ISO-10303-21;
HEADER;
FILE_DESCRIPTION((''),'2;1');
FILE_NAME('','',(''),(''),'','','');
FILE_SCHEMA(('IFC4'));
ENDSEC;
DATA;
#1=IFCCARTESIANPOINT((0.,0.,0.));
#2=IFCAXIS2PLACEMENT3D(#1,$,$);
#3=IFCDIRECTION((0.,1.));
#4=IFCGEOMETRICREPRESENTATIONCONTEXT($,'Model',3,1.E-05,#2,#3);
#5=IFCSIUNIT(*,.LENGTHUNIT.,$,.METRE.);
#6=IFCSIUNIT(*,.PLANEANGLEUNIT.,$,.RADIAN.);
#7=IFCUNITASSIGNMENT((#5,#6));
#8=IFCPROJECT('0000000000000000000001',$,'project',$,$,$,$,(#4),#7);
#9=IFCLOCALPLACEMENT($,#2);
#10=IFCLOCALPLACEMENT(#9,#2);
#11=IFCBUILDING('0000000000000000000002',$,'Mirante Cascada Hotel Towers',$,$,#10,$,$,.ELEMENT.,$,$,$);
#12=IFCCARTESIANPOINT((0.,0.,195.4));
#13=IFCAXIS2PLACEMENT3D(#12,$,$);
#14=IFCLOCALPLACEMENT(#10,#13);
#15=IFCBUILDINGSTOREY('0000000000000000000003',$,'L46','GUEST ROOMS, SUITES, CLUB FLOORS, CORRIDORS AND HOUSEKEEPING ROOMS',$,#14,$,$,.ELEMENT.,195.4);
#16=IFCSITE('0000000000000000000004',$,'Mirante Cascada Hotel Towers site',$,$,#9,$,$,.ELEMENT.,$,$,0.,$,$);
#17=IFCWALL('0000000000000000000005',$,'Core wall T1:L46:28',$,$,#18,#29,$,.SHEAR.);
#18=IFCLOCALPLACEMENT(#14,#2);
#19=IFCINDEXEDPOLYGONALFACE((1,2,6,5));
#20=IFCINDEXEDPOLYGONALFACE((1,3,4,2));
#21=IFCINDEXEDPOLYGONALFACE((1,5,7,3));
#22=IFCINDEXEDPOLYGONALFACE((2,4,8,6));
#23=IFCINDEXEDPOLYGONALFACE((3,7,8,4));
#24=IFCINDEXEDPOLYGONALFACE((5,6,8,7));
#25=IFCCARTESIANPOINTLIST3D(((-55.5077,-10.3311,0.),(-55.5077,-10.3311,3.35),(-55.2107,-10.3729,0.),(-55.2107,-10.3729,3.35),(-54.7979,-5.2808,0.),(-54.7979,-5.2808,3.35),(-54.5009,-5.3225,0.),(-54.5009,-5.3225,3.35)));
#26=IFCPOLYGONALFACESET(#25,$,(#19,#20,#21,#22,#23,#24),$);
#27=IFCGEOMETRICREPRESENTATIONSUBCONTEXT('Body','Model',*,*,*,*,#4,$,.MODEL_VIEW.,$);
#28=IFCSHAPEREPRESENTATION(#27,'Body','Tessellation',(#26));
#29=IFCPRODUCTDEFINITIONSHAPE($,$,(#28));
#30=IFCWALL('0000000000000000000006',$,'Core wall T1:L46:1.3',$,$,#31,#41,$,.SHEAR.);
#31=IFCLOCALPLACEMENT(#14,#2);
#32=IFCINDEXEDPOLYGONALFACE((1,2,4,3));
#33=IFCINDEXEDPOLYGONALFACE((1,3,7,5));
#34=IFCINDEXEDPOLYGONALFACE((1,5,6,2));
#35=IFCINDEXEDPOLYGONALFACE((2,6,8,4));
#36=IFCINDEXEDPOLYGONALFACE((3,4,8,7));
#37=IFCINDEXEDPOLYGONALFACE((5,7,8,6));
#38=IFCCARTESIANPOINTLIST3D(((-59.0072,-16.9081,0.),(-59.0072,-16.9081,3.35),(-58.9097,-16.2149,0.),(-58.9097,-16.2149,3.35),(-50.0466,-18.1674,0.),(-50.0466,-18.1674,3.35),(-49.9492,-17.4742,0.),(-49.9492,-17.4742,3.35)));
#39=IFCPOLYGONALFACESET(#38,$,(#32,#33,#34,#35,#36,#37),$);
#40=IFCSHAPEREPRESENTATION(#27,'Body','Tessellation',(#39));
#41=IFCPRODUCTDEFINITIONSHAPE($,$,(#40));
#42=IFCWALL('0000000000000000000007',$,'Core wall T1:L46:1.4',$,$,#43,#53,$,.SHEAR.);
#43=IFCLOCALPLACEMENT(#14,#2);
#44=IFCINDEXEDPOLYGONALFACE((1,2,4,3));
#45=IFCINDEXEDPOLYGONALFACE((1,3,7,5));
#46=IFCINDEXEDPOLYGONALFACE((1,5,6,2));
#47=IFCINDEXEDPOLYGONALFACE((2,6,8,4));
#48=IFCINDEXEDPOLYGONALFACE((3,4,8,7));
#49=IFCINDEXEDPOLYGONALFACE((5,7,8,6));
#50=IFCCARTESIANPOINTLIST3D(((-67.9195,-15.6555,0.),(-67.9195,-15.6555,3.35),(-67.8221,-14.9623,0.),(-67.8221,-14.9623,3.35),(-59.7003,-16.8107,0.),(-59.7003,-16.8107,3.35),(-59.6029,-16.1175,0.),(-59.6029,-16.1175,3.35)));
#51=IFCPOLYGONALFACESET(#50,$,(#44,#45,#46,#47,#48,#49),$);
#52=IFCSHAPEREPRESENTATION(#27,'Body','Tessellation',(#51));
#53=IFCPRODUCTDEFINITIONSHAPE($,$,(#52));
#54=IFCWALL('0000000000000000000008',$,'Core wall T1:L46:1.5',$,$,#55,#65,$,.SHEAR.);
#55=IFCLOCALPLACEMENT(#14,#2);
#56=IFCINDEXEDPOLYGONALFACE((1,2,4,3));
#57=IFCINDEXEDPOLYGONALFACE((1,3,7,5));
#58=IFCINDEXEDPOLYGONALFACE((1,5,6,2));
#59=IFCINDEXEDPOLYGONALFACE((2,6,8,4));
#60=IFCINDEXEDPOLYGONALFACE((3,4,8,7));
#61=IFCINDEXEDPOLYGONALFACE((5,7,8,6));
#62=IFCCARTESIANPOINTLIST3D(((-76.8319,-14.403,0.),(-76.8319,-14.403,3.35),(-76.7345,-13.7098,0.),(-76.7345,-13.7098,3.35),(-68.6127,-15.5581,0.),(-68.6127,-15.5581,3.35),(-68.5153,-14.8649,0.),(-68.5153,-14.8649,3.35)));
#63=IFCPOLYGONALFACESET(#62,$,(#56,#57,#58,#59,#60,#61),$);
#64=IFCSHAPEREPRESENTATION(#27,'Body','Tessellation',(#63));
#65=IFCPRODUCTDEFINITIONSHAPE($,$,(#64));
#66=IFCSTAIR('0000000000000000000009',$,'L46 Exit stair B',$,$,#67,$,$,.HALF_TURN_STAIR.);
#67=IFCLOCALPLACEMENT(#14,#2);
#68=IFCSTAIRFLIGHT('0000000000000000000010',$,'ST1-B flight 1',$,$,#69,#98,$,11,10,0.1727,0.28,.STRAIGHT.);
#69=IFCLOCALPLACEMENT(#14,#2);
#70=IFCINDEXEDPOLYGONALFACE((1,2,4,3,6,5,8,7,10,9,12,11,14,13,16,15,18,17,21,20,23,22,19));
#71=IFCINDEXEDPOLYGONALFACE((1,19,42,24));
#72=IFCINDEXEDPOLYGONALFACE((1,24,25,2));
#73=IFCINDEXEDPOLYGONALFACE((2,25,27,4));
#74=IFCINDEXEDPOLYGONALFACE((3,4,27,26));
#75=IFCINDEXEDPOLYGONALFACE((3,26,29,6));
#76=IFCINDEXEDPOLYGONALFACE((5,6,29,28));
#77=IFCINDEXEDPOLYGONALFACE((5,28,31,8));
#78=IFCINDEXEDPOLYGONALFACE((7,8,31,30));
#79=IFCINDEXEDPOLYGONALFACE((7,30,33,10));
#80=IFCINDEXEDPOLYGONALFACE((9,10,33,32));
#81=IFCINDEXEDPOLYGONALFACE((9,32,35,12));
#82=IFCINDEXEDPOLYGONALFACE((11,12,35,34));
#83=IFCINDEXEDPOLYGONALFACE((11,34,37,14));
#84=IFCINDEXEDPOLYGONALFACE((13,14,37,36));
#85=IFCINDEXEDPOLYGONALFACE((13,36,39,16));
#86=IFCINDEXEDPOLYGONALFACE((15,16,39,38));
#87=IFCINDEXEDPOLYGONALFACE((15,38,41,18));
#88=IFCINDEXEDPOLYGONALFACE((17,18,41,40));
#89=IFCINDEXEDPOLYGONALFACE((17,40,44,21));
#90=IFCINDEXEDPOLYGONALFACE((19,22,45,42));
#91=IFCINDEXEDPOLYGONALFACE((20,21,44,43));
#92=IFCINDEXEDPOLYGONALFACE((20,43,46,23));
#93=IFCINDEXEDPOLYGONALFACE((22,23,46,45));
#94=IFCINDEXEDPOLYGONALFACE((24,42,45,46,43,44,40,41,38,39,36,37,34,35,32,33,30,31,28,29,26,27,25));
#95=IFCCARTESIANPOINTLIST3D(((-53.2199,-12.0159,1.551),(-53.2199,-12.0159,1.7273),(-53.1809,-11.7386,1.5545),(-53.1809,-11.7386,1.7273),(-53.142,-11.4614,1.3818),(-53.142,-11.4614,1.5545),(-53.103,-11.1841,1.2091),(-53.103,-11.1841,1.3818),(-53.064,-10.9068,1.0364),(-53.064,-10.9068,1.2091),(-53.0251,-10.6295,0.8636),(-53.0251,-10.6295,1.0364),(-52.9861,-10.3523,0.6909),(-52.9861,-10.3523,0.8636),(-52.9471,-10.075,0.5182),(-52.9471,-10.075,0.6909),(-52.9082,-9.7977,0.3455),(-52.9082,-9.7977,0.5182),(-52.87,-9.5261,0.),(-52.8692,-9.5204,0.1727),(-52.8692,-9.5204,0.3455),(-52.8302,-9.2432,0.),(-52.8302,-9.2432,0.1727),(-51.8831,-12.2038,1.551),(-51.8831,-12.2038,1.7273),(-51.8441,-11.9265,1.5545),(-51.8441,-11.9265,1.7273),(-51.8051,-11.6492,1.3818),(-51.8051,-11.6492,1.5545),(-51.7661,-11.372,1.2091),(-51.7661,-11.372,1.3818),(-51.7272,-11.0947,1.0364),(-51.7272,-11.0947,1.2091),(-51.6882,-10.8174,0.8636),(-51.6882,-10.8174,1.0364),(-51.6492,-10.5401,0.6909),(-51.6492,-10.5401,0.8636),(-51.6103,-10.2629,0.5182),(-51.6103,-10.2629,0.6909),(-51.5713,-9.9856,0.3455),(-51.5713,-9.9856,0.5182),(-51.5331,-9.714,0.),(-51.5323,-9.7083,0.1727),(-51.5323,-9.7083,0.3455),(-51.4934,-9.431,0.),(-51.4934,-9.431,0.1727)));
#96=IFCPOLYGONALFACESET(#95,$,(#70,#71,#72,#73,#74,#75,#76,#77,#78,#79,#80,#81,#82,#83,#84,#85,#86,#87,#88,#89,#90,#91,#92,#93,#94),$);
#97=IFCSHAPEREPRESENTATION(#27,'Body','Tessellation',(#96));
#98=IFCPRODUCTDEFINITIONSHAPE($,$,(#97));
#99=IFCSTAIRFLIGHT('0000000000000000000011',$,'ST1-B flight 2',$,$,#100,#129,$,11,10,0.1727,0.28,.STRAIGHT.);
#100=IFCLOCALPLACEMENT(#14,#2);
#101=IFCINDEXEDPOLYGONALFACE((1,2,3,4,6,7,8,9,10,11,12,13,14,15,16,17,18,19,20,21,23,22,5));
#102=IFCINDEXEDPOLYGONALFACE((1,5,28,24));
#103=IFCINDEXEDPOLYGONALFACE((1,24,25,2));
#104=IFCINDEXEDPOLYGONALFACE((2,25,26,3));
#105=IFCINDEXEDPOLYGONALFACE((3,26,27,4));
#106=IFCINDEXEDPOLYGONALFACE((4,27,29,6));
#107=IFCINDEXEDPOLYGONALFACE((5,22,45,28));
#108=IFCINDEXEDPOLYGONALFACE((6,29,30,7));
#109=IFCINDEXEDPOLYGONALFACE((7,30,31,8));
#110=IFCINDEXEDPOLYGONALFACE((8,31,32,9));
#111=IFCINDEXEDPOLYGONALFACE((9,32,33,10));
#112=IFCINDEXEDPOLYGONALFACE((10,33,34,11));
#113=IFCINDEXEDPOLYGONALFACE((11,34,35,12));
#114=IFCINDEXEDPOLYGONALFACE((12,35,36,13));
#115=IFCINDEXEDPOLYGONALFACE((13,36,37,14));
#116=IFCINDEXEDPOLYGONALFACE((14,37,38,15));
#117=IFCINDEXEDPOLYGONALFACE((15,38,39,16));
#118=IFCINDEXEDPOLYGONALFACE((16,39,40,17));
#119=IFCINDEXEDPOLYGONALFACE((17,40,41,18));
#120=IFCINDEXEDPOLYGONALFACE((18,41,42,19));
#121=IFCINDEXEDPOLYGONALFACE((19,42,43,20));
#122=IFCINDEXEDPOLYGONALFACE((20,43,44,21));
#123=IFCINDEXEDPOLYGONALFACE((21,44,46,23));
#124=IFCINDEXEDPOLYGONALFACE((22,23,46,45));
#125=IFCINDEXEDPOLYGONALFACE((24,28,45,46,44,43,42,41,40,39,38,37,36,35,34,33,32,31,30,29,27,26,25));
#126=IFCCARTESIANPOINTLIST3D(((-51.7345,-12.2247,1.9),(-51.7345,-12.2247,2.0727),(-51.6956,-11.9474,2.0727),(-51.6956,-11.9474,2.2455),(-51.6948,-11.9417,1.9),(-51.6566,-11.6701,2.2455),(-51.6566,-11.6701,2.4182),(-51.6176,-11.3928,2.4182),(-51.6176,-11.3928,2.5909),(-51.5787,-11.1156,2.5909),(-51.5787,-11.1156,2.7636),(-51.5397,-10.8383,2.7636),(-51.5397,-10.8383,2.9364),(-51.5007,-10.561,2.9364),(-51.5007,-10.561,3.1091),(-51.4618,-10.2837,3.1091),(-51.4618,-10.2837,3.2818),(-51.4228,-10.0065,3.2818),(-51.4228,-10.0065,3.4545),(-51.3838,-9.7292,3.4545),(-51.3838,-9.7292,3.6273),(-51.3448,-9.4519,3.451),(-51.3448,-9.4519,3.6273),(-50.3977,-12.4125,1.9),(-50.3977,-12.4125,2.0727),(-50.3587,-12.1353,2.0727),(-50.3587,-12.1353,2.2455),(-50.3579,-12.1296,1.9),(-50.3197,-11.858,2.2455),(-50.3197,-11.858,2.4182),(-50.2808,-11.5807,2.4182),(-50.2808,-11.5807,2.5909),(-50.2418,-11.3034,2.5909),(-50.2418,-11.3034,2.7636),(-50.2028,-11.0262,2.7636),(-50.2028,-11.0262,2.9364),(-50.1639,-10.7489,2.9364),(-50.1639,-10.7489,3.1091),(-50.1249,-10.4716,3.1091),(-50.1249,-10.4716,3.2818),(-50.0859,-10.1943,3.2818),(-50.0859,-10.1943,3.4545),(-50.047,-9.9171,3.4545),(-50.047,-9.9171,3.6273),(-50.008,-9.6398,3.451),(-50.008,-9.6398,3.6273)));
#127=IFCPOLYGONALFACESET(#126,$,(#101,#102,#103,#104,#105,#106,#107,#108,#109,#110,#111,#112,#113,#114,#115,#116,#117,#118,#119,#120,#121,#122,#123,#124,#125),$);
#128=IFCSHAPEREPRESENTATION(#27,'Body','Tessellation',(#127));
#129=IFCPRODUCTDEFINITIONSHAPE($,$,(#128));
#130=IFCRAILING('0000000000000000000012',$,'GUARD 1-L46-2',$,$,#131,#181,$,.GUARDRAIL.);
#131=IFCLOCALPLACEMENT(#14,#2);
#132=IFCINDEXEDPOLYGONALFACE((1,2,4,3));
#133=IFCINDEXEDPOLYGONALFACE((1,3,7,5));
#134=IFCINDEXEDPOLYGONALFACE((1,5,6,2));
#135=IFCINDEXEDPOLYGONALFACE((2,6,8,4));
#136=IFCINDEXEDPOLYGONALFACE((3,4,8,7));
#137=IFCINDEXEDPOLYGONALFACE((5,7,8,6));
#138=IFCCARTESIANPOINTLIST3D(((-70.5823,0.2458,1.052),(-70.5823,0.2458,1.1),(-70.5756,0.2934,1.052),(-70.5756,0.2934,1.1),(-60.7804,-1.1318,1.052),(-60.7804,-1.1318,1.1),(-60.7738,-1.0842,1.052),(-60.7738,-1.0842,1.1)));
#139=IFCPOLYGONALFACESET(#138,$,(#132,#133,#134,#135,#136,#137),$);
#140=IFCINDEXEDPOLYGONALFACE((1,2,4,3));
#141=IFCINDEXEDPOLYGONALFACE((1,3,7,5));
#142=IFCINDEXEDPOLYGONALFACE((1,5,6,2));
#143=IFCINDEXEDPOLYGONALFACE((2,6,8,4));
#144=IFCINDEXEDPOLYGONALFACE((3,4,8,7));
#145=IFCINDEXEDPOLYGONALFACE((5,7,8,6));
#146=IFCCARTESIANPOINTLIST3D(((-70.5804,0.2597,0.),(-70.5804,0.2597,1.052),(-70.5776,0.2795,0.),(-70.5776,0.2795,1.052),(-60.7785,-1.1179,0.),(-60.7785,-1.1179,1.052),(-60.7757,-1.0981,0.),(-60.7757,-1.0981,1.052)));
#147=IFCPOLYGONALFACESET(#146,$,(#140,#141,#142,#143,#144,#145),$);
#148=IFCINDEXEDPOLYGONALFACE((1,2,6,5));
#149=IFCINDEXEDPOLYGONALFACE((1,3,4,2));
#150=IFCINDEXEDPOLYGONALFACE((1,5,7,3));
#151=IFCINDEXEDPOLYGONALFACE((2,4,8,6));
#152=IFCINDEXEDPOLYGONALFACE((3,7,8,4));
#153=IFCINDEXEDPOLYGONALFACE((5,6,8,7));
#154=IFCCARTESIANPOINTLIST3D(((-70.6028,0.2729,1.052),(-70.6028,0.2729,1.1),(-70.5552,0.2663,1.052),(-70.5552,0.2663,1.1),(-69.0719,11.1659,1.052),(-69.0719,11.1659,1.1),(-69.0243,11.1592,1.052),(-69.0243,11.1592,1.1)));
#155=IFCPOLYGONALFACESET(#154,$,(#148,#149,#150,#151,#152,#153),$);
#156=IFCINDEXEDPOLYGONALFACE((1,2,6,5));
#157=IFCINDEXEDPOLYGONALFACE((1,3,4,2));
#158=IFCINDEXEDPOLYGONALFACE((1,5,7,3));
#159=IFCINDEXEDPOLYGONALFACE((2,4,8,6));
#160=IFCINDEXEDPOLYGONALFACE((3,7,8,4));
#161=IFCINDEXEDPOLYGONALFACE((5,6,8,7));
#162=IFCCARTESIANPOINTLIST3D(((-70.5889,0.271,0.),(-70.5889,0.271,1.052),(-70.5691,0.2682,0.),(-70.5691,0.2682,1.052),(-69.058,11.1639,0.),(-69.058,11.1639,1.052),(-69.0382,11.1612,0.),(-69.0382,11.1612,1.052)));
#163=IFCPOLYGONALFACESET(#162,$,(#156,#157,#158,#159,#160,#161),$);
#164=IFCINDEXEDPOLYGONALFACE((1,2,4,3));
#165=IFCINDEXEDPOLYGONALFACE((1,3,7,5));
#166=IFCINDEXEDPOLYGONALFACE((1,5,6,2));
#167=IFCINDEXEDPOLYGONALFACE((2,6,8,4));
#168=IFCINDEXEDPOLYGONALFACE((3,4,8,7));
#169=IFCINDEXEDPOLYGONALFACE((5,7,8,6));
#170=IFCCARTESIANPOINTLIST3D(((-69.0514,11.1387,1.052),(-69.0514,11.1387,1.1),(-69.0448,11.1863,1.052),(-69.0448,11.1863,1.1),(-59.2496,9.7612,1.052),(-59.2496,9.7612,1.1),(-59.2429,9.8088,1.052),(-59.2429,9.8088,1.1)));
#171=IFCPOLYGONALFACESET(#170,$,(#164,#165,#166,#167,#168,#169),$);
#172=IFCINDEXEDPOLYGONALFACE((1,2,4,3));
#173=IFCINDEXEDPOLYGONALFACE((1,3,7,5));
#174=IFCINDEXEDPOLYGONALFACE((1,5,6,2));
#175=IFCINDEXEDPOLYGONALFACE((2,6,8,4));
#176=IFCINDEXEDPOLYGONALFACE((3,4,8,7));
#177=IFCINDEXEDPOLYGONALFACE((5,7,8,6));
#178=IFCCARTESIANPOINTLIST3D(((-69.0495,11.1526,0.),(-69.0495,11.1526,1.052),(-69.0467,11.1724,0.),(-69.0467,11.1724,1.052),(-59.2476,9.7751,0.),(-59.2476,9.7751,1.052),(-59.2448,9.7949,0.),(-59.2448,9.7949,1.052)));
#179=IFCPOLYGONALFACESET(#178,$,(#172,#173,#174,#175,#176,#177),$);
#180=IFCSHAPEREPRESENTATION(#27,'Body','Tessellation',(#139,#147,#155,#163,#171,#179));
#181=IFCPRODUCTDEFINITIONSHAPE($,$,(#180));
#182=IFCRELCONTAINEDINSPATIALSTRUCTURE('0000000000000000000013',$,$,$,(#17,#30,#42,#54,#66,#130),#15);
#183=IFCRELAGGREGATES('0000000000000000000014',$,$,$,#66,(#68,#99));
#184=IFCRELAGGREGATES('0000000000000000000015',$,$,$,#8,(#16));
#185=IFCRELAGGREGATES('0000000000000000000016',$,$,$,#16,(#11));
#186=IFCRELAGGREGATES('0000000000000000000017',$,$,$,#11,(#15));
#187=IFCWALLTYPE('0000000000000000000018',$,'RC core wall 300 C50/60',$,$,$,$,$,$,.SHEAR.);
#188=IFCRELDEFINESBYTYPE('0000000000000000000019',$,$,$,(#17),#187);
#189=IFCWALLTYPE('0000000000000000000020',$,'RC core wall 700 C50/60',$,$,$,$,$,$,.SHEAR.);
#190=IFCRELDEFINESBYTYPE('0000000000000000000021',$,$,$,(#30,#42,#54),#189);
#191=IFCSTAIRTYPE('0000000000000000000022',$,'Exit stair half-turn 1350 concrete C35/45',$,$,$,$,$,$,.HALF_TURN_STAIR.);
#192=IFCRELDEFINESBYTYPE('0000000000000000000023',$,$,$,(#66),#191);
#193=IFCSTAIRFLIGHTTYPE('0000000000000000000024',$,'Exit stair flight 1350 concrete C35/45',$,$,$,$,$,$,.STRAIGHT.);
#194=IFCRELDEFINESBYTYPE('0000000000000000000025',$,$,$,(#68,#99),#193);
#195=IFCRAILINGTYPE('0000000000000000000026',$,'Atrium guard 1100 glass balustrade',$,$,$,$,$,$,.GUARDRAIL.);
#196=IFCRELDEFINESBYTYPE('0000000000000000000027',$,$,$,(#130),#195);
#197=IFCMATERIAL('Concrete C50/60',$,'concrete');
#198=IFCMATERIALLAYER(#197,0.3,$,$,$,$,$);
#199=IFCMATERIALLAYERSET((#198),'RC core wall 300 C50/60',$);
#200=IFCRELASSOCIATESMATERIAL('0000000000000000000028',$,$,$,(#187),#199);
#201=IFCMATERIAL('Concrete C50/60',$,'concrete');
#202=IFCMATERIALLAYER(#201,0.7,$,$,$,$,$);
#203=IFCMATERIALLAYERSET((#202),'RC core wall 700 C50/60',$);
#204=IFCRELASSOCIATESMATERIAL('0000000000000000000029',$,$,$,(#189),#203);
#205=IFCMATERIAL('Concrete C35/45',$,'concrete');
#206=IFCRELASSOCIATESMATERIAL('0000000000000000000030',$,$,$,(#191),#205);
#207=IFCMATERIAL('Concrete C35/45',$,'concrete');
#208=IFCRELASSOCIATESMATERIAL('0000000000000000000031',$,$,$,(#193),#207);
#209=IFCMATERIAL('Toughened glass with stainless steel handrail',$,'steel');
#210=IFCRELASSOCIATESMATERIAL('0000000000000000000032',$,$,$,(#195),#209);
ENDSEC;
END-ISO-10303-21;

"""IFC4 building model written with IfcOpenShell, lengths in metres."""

from ifc_helpers import new_model, si_unit, direction, frame, frame_2d, origin, origin_2d, place, context, subcontext, project, spatial, polyline, rectangle, outline, extrude, material, layer, layer_set, type_object, element, aggregate, save


model = new_model("IFC4")

# Units and contexts
model_context = context("Model", 3, precision=1e-05, world=origin(), true_north=direction((0.0, 1.0)))
body_context = subcontext(model_context, "Body", "Model", "MODEL_VIEW")
ifc_project = project(units=[si_unit("LENGTHUNIT", "METRE"), si_unit("PLANEANGLEUNIT", "RADIAN")], contexts=[model_context])

# Site, building, storey
site_placement = place(None, origin())
site = spatial("IfcSite", under=ifc_project, at=site_placement, Name="Mirante Cascada Hotel Towers site", CompositionType="ELEMENT", RefElevation=0.0)
building_placement = place(site_placement, origin())
building = spatial("IfcBuilding", under=site, at=building_placement, Name="Mirante Cascada Hotel Towers", CompositionType="ELEMENT")
storey_placement = place(building_placement, frame((0.0, 0.0, 195.4)))
storey = spatial("IfcBuildingStorey", under=building, at=storey_placement, Name="L46", Description="GUEST ROOMS, SUITES, CLUB FLOORS, CORRIDORS AND HOUSEKEEPING ROOMS", CompositionType="ELEMENT", Elevation=195.4)

# Shared definitions
ifc_material_1 = material(Name="Concrete C50/60", Category="concrete")
ifc_layer_1 = layer(ifc_material_1, 0.3)
ifc_layer_set_1 = layer_set([ifc_layer_1], Name="RC core wall 300 C50/60")
wall_type_1 = type_object("IfcWallType", Name="RC core wall 300 C50/60", PredefinedType="SHEAR", material=ifc_layer_set_1)

# Walls
wall_1_placement = place(storey_placement, frame((-55.3592, -10.352, 0.0), z_axis=(0.0, 0.0, 1.0), x_axis=(0.139176, 0.990268, 0.0)))
element("IfcWall", 1, at=wall_1_placement, inside=storey, type_object=wall_type_1, Name="Core wall T1:L46:28", PredefinedType="SHEAR", context=body_context, shape_type="SweptSolid", body=[
    extrude(rectangle(XDim=5.1, YDim=0.3, at=frame_2d((2.55, 0.0))), origin(), (0.0, 0.0, 1.0), 3.35),
])
ifc_material_2 = material(Name="Concrete C50/60", Category="concrete")
ifc_layer_2 = layer(ifc_material_2, 0.7)
ifc_layer_set_2 = layer_set([ifc_layer_2], Name="RC core wall 700 C50/60")
wall_type_2 = type_object("IfcWallType", Name="RC core wall 700 C50/60", PredefinedType="SHEAR", material=ifc_layer_set_2)
wall_2_placement = place(storey_placement, frame((-49.9979, -17.8208, 0.0), z_axis=(0.0, 0.0, 1.0), x_axis=(-0.990268, 0.139171, 0.0)))
element("IfcWall", 2, at=wall_2_placement, inside=storey, type_object=wall_type_2, Name="Core wall T1:L46:1.3", PredefinedType="SHEAR", context=body_context, shape_type="SweptSolid", body=[
    extrude(rectangle(XDim=9.0486, YDim=0.7, at=frame_2d((4.5243, 0.0))), origin(), (0.0, 0.0, 1.0), 3.35),
])
for number, where, z_axis, x_axis, name in (
    (3, (-59.6516, -16.4641, 0.0), (0.0, 0.0, 1.0), (-0.990267, 0.139181, 0.0), "Core wall T1:L46:1.4"),
    (4, (-68.564, -15.2115, 0.0), (0.0, 0.0, 1.0), (-0.990269, 0.139169, 0.0), "Core wall T1:L46:1.5"),
):
    element("IfcWall", number, at=place(storey_placement, frame(where, z_axis=z_axis, x_axis=x_axis)), inside=storey, type_object=wall_type_2, Name=name, PredefinedType="SHEAR", context=body_context, shape_type="SweptSolid", body=[
        extrude(rectangle(XDim=8.3, YDim=0.7, at=frame_2d((4.15, 0.0))), origin(), (0.0, 0.0, 1.0), 3.35),
    ])

# Stair, stair flights
ifc_material_3 = material(Name="Concrete C35/45", Category="concrete")
stair_type = type_object("IfcStairType", Name="Exit stair half-turn 1350 concrete C35/45", PredefinedType="HALF_TURN_STAIR", material=ifc_material_3)
stair_placement = place(storey_placement, origin())
stair = element("IfcStair", 5, at=stair_placement, inside=storey, type_object=stair_type, Name="L46 Exit stair B", PredefinedType="HALF_TURN_STAIR")
ifc_material_4 = material(Name="Concrete C35/45", Category="concrete")
stair_flight_type = type_object("IfcStairFlightType", Name="Exit stair flight 1350 concrete C35/45", PredefinedType="STRAIGHT", material=ifc_material_4)
stair_flight_1_placement = place(storey_placement, frame((-52.1618, -9.3371, 0.0), z_axis=(0.0, 0.0, 1.0), x_axis=(-0.139173, -0.990268, 0.0)))
stair_flight_1 = element("IfcStairFlight", 6, at=stair_flight_1_placement, type_object=stair_flight_type, Name="ST1-B flight 1", NumberOfRisers=11, NumberOfTreads=10, PredefinedType="STRAIGHT", RiserHeight=0.1727, TreadLength=0.28, context=body_context, shape_type="SweptSolid", body=[
    extrude(outline(polyline([(0.0, 0.0), (0.0, 0.1727), (0.28, 0.1727), (0.28, 0.3455), (0.56, 0.3455), (0.56, 0.5182), (0.84, 0.5182), (0.84, 0.6909), (1.12, 0.6909), (1.12, 0.8636), (1.4, 0.8636), (1.4, 1.0364), (1.68, 1.0364), (1.68, 1.2091), (1.96, 1.2091), (1.96, 1.3818), (2.24, 1.3818), (2.24, 1.5545), (2.52, 1.5545), (2.52, 1.7273), (2.8, 1.7273), (2.8, 1.9), (2.8, 1.551), (0.2857, 0.0), (0.0, 0.0)])), frame((0.0, 0.675, 0.0), z_axis=(0.0, -1.0, 0.0), x_axis=(1.0, 0.0, 0.0)), (0.0, 0.0, 1.0), 1.35),
])
stair_flight_2_placement = place(storey_placement, frame((-51.0661, -12.3186, 1.9), z_axis=(0.0, 0.0, 1.0), x_axis=(0.139173, 0.990268, 0.0)))
stair_flight_2 = element("IfcStairFlight", 7, at=stair_flight_2_placement, type_object=stair_flight_type, Name="ST1-B flight 2", NumberOfRisers=11, NumberOfTreads=10, PredefinedType="STRAIGHT", RiserHeight=0.1727, TreadLength=0.28, context=body_context, shape_type="SweptSolid", body=[
    extrude(outline(polyline([(0.0, 0.0), (0.0, 0.1727), (0.28, 0.1727), (0.28, 0.3455), (0.56, 0.3455), (0.56, 0.5182), (0.84, 0.5182), (0.84, 0.6909), (1.12, 0.6909), (1.12, 0.8636), (1.4, 0.8636), (1.4, 1.0364), (1.68, 1.0364), (1.68, 1.2091), (1.96, 1.2091), (1.96, 1.3818), (2.24, 1.3818), (2.24, 1.5545), (2.52, 1.5545), (2.52, 1.7273), (2.8, 1.7273), (2.8, 1.9), (2.8, 1.551), (0.2857, 0.0), (0.0, 0.0)])), frame((0.0, 0.675, 0.0), z_axis=(0.0, -1.0, 0.0), x_axis=(1.0, 0.0, 0.0)), (0.0, 0.0, 1.0), 1.35),
])
aggregate(stair, [stair_flight_1, stair_flight_2])

# Railing
ifc_material_5 = material(Name="Toughened glass with stainless steel handrail", Category="steel")
railing_type_1 = type_object("IfcRailingType", Name="Atrium guard 1100 glass balustrade", PredefinedType="GUARDRAIL", material=ifc_material_5)
railing_1_placement = place(storey_placement, frame((-60.7771, -1.108, 0.0)))
element("IfcRailing", 8, at=railing_1_placement, inside=storey, type_object=railing_type_1, Name="GUARD 1-L46-2", PredefinedType="GUARDRAIL", context=body_context, shape_type="SweptSolid", body=[
    extrude(rectangle(XDim=0.048, YDim=0.048, at=origin_2d()), frame((0.0, 0.0, 1.076), z_axis=(-0.990268, 0.139176, 0.0), x_axis=(-0.139176, -0.990268, 0.0)), (0.0, 0.0, 1.0), 9.8982),
    extrude(rectangle(XDim=0.02, YDim=1.052, at=origin_2d()), frame((0.0, 0.0, 0.526), z_axis=(-0.990268, 0.139176, 0.0), x_axis=(-0.139176, -0.990268, 0.0)), (0.0, 0.0, 1.0), 9.8982),
    extrude(rectangle(XDim=0.048, YDim=0.048, at=origin_2d()), frame((-9.8019, 1.3776, 1.076), z_axis=(0.139173, 0.990268, 0.0), x_axis=(-0.990268, 0.139173, 0.0)), (0.0, 0.0, 1.0), 11.0),
    extrude(rectangle(XDim=0.02, YDim=1.052, at=origin_2d()), frame((-9.8019, 1.3776, 0.526), z_axis=(0.139173, 0.990268, 0.0), x_axis=(-0.990268, 0.139173, 0.0)), (0.0, 0.0, 1.0), 11.0),
    extrude(rectangle(XDim=0.048, YDim=0.048, at=origin_2d()), frame((-8.271, 12.2705, 1.076), z_axis=(0.990269, -0.139166, 0.0), x_axis=(0.139166, 0.990269, 0.0)), (0.0, 0.0, 1.0), 9.8982),
    extrude(rectangle(XDim=0.02, YDim=1.052, at=origin_2d()), frame((-8.271, 12.2705, 0.526), z_axis=(0.990269, -0.139166, 0.0), x_axis=(0.139166, 0.990269, 0.0)), (0.0, 0.0, 1.0), 9.8982),
])

save(model, "model.ifc")
